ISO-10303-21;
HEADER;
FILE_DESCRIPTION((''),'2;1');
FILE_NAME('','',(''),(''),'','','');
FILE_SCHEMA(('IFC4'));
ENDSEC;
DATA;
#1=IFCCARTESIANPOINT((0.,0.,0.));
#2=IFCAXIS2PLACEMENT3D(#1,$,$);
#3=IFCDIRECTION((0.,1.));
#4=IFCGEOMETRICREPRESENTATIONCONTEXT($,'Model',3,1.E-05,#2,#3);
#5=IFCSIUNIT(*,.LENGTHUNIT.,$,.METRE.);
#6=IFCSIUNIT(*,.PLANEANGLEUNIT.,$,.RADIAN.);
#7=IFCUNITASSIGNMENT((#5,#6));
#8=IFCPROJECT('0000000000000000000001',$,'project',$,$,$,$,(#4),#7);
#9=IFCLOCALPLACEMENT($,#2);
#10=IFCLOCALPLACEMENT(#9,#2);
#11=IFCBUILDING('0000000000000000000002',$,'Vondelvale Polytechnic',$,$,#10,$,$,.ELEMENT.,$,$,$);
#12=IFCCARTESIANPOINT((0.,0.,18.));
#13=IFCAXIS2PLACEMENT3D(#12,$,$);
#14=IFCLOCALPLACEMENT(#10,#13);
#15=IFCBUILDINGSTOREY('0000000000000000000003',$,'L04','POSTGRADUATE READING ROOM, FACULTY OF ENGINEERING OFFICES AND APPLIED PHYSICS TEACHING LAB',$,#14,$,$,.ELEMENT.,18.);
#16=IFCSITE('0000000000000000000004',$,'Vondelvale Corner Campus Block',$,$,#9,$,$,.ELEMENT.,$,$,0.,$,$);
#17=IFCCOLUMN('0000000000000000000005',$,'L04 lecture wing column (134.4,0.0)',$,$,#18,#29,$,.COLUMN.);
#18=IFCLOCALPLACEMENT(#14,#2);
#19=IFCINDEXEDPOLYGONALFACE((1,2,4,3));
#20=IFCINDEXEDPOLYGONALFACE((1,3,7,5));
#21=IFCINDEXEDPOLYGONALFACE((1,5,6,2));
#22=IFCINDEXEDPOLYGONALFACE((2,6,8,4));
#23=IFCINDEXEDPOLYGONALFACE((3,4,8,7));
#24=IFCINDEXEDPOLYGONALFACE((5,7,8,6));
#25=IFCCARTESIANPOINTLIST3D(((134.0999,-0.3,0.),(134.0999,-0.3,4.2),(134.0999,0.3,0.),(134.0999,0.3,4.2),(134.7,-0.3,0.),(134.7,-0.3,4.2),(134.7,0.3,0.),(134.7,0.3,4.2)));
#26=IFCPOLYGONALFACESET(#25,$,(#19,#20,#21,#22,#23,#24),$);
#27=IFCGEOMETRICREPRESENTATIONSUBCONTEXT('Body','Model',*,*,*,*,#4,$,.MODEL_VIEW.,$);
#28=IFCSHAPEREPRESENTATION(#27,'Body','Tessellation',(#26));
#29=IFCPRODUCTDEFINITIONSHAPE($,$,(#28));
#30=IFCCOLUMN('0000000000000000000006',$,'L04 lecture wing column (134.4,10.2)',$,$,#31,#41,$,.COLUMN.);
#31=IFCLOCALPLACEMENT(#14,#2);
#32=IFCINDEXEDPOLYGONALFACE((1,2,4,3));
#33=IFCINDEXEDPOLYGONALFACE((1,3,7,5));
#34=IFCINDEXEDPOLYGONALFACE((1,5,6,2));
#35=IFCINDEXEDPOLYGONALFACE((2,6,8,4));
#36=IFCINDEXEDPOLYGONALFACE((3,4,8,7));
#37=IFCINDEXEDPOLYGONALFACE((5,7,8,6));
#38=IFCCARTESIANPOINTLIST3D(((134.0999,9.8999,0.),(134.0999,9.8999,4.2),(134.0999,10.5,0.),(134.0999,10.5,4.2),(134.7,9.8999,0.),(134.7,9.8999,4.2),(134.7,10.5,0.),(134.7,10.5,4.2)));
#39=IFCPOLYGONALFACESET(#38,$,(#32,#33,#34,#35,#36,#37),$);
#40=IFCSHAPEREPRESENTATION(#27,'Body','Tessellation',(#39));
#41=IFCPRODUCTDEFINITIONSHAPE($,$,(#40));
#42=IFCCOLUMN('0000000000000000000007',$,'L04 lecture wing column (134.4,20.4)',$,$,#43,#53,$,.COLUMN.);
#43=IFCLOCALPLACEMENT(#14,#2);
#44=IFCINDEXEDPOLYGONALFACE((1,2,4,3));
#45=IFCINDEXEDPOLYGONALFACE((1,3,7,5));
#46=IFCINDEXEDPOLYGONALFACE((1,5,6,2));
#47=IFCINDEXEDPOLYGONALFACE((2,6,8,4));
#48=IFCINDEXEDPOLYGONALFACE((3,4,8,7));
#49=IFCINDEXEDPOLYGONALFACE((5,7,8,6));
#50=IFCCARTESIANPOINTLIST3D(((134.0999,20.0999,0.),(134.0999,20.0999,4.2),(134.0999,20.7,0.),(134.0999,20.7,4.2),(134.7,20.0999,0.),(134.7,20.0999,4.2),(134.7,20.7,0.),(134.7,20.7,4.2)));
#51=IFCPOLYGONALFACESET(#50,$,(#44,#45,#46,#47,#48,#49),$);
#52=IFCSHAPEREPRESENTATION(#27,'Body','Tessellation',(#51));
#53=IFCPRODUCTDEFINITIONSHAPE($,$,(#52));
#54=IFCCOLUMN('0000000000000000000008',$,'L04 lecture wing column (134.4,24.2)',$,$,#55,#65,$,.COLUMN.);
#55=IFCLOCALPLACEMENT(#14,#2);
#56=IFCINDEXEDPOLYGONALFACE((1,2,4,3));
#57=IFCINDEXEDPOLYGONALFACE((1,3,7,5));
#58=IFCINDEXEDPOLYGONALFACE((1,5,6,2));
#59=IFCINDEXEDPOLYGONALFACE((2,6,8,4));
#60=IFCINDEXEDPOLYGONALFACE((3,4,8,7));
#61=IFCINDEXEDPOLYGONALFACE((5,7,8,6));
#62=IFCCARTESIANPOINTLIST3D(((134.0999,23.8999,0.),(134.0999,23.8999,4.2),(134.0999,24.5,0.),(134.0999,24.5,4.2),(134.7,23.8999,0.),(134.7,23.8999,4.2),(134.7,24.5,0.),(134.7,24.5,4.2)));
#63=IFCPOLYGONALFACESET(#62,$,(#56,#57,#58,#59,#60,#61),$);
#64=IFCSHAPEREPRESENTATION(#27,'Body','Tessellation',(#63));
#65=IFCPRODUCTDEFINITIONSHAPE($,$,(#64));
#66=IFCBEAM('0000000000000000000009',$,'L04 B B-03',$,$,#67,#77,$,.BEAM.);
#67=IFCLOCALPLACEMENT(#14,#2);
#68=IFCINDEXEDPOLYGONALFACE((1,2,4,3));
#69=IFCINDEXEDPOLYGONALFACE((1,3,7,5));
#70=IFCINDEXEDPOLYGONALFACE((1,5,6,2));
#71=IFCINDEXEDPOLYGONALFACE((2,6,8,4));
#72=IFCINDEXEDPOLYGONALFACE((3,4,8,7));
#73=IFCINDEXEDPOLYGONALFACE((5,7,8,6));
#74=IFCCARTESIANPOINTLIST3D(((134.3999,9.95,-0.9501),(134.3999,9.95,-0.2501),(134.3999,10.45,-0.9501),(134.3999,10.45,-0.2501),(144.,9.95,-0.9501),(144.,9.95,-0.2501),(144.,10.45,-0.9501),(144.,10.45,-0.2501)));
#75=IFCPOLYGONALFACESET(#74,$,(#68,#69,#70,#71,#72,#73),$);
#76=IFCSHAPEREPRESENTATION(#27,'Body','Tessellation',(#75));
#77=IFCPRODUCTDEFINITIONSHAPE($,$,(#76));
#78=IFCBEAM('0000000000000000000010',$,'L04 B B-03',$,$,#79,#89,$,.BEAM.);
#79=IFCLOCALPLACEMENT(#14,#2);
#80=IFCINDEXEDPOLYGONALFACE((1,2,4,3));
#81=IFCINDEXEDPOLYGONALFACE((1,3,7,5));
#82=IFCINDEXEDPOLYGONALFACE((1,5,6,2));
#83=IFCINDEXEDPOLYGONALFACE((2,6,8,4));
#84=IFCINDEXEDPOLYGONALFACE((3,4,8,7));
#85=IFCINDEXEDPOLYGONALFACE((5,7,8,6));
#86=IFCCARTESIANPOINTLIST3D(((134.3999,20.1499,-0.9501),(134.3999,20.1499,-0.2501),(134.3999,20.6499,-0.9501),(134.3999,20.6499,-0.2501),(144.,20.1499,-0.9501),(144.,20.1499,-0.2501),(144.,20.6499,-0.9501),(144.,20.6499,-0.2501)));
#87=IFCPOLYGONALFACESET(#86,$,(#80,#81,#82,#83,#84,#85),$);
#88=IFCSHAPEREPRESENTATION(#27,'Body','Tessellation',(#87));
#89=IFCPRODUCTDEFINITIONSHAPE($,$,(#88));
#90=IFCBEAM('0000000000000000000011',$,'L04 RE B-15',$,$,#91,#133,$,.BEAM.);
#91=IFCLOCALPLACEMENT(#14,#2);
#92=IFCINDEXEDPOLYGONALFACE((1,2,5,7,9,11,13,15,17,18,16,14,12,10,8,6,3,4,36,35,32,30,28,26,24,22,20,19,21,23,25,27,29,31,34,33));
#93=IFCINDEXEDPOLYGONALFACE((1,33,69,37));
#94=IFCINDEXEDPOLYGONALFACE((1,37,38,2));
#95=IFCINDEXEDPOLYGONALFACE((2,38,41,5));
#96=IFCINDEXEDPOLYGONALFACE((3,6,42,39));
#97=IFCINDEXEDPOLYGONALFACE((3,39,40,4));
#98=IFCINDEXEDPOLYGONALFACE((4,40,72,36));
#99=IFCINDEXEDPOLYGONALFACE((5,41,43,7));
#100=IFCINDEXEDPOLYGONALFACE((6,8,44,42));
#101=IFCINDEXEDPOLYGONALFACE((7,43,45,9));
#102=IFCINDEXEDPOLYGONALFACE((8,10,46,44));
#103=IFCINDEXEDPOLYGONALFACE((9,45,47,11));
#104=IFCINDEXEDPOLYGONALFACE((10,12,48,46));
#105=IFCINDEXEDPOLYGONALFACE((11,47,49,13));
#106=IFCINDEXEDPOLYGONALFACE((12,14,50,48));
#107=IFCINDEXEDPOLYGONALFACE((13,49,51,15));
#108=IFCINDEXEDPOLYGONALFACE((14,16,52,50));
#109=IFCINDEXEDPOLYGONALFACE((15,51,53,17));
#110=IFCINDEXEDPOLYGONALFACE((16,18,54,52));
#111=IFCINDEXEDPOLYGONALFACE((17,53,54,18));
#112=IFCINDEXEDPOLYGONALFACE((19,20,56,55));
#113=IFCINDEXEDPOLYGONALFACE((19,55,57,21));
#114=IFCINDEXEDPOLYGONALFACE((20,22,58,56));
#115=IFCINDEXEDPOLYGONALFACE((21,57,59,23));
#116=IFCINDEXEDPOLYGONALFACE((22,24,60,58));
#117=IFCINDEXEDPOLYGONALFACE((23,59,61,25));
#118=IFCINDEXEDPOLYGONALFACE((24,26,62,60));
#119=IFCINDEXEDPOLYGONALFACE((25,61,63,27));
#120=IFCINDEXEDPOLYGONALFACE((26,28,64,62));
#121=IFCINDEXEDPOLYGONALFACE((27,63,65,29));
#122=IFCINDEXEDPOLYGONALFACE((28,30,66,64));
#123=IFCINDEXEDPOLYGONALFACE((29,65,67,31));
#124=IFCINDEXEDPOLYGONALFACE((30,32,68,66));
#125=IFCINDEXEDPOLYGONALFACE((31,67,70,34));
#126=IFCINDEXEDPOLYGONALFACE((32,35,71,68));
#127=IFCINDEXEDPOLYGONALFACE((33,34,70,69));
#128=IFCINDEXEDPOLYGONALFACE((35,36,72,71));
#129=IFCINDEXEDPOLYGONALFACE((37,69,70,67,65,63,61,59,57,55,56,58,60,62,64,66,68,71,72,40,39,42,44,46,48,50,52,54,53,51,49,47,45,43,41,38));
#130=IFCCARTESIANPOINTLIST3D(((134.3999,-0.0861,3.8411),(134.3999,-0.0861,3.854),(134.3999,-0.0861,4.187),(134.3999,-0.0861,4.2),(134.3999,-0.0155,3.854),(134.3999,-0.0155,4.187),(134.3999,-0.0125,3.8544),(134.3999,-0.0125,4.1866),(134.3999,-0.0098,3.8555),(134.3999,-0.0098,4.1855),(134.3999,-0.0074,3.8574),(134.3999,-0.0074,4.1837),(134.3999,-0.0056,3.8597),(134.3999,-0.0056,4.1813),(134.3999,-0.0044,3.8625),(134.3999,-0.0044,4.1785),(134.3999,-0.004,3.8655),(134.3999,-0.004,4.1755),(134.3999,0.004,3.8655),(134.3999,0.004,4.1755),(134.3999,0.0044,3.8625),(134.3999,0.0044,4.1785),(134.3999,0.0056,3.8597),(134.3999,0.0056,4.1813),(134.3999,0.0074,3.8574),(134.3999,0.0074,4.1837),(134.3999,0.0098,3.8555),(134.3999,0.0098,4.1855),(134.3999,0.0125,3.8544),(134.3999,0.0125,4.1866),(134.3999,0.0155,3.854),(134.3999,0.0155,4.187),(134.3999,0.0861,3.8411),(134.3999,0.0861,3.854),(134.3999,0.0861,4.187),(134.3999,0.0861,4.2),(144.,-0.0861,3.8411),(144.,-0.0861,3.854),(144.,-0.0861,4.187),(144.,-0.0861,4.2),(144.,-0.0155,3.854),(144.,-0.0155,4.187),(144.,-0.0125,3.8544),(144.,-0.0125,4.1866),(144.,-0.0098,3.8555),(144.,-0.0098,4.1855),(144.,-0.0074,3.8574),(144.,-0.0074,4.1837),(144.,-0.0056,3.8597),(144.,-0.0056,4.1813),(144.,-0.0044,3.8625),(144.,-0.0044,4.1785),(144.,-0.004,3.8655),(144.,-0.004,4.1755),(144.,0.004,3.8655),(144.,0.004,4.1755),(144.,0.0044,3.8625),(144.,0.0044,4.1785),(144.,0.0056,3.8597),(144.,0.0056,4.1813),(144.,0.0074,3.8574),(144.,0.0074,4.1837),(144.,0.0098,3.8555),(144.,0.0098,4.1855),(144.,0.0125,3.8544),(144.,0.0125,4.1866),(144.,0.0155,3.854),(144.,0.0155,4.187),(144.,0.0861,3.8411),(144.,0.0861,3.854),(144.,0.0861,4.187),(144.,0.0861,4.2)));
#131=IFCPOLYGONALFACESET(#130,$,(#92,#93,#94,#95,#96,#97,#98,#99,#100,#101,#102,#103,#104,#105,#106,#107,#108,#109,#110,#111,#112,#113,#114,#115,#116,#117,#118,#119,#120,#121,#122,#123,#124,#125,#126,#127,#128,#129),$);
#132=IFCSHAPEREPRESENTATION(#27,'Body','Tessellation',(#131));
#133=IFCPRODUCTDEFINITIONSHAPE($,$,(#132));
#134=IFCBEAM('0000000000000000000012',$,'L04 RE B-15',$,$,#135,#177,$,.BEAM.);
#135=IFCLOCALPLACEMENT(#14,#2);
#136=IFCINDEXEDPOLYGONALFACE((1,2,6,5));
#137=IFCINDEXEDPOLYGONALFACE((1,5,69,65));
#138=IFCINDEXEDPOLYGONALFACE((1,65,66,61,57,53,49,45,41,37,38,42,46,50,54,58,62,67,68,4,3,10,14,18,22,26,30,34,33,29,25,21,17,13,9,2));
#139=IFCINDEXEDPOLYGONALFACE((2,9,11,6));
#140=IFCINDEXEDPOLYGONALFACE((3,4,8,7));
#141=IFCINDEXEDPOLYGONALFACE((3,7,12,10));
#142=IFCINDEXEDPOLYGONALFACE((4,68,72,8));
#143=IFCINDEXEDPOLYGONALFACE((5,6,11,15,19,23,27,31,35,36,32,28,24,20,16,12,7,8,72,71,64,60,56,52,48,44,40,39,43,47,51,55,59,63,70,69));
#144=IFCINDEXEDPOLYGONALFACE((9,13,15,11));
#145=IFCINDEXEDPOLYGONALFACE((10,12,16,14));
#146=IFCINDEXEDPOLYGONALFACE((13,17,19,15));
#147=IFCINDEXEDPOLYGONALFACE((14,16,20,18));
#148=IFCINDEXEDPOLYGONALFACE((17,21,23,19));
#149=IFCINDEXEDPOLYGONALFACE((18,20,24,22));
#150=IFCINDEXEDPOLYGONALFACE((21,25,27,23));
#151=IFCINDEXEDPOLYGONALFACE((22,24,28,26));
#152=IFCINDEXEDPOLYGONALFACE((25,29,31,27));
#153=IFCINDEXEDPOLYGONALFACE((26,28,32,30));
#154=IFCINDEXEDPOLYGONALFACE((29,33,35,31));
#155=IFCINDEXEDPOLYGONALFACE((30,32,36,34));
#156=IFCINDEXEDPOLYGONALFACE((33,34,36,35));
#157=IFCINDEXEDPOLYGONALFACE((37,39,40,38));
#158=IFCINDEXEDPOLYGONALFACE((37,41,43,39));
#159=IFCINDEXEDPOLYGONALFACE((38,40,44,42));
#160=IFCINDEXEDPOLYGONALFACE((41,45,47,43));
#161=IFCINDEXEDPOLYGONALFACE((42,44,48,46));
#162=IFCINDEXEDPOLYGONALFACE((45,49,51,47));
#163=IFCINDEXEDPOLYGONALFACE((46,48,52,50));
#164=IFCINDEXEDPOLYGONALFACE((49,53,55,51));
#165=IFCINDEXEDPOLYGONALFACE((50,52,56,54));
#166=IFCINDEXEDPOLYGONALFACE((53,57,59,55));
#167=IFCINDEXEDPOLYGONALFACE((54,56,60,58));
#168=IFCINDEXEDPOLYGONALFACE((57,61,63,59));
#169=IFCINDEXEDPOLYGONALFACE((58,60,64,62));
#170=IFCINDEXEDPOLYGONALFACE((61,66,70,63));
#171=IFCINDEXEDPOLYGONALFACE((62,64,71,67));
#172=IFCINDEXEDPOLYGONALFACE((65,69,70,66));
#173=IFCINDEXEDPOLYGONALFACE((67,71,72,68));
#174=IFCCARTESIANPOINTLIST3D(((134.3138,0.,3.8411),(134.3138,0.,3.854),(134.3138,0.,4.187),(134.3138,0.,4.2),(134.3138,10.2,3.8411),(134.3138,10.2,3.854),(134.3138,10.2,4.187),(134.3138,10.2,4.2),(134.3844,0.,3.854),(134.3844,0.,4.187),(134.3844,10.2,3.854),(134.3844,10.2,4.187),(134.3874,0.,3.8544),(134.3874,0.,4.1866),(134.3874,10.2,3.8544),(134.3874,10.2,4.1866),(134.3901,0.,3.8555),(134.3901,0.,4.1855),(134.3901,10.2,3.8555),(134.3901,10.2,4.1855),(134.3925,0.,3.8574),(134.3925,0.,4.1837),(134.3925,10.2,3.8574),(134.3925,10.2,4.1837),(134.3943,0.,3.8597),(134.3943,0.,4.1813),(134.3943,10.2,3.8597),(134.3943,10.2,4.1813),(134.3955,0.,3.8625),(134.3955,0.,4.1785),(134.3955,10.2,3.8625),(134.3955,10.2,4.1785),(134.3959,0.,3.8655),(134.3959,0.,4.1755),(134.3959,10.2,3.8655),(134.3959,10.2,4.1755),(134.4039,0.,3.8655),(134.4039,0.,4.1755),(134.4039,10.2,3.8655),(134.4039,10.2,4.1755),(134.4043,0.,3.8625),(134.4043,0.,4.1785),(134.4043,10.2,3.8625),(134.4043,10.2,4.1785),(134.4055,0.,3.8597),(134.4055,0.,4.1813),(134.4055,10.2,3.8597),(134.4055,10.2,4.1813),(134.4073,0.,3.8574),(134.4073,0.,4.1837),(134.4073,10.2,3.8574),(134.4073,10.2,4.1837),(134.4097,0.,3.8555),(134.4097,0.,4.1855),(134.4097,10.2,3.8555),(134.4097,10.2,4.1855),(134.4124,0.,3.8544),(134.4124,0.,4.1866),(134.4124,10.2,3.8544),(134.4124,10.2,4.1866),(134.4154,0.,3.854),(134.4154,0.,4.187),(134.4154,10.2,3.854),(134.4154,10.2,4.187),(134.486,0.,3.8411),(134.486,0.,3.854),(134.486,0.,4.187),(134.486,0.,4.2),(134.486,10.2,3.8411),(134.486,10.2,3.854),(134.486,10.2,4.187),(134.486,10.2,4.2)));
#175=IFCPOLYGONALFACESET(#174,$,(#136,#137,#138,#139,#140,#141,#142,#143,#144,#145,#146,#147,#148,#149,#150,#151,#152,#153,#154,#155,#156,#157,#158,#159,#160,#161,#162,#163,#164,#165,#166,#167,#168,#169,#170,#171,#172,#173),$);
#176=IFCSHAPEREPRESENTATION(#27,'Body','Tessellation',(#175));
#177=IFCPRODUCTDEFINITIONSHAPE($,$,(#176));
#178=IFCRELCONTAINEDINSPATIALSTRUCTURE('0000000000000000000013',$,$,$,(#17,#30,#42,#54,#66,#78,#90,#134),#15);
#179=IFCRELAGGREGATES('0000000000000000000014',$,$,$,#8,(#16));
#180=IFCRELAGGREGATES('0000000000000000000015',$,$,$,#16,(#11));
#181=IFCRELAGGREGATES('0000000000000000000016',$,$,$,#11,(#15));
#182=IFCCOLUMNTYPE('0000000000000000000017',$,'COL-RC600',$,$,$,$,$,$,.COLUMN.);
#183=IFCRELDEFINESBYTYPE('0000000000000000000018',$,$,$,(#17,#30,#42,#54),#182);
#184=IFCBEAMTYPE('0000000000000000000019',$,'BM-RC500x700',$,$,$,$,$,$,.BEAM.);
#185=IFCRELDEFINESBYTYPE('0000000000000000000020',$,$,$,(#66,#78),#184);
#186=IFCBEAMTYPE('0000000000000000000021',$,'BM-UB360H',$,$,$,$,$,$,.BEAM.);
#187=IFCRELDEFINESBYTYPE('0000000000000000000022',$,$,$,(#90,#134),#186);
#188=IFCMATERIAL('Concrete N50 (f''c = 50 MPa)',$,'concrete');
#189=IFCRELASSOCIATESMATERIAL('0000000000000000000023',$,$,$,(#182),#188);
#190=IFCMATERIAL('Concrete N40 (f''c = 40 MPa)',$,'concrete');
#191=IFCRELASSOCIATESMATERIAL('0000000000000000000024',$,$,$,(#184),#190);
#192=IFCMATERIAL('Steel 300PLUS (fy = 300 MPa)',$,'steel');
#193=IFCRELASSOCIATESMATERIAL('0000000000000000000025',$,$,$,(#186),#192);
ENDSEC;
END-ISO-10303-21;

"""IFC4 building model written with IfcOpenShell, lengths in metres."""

from ifc_helpers import new_model, si_unit, direction, frame, origin, origin_2d, place, context, subcontext, project, spatial, rectangle, i_section, extrude, material, material_profile, profile_set, type_object, element, save


model = new_model("IFC4")

# Units and contexts
model_context = context("Model", 3, precision=1e-05, world=origin(), true_north=direction((0.0, 1.0)))
body_context = subcontext(model_context, "Body", "Model", "MODEL_VIEW")
ifc_project = project(units=[si_unit("LENGTHUNIT", "METRE"), si_unit("PLANEANGLEUNIT", "RADIAN")], contexts=[model_context])

# Site, building, storey
site_placement = place(None, origin())
site = spatial("IfcSite", under=ifc_project, at=site_placement, Name="Vondelvale Corner Campus Block", CompositionType="ELEMENT", RefElevation=0.0)
building_placement = place(site_placement, origin())
building = spatial("IfcBuilding", under=site, at=building_placement, Name="Vondelvale Polytechnic", CompositionType="ELEMENT")
storey_placement = place(building_placement, frame((0.0, 0.0, 18.0)))
storey = spatial("IfcBuildingStorey", under=building, at=storey_placement, Name="L04", Description="POSTGRADUATE READING ROOM, FACULTY OF ENGINEERING OFFICES AND APPLIED PHYSICS TEACHING LAB", CompositionType="ELEMENT", Elevation=18.0)

# Columns
ifc_material_1 = material(Name="Concrete N50 (f'c = 50 MPa)", Category="concrete")
ifc_material_profile_1 = material_profile(ifc_material_1, rectangle(XDim=0.6001, YDim=0.6001, at=origin_2d()), Name="RC-COL-600x600")
ifc_profile_set_1 = profile_set([ifc_material_profile_1], Name="Concrete N50 (f'c = 50 MPa)")
column_type = type_object("IfcColumnType", Name="COL-RC600", PredefinedType="COLUMN", material=ifc_profile_set_1)
for number, where, z_axis, x_axis, name in (
    (1, (134.3999, 0.0, 0.0), (0.0, 0.0, 1.0), (1.0, 0.0, 0.0), "L04 lecture wing column (134.4,0.0)"),
    (2, (134.3999, 10.2, 0.0), (0.0, 0.0, 1.0), (1.0, 0.0, 0.0), "L04 lecture wing column (134.4,10.2)"),
    (3, (134.3999, 20.3999, 0.0), (0.0, 0.0, 1.0), (1.0, 0.0, 0.0), "L04 lecture wing column (134.4,20.4)"),
    (4, (134.3999, 24.2, 0.0), (0.0, 0.0, 1.0), (1.0, 0.0, 0.0), "L04 lecture wing column (134.4,24.2)"),
):
    element("IfcColumn", number, at=place(storey_placement, frame(where, z_axis=z_axis, x_axis=x_axis)), inside=storey, type_object=column_type, Name=name, PredefinedType="COLUMN", context=body_context, shape_type="SweptSolid", body=[
        extrude(rectangle(XDim=0.6001, YDim=0.6001, at=origin_2d()), origin(), (0.0, 0.0, 1.0), 4.2),
    ])

# Beams
ifc_material_2 = material(Name="Concrete N40 (f'c = 40 MPa)", Category="concrete")
ifc_material_profile_2 = material_profile(ifc_material_2, rectangle(XDim=0.5, YDim=0.7, at=origin_2d()), Name="RC-BM-500x700")
ifc_profile_set_2 = profile_set([ifc_material_profile_2], Name="Concrete N40 (f'c = 40 MPa)")
beam_type_1 = type_object("IfcBeamType", Name="BM-RC500x700", PredefinedType="BEAM", material=ifc_profile_set_2)
for number, where, z_axis, x_axis, name in (
    (5, (134.3999, 10.2, -0.6001), (1.0, 0.0, 0.0), (0.0, 1.0, 0.0), "L04 B B-03"),
    (6, (134.3999, 20.3999, -0.6001), (1.0, 0.0, 0.0), (0.0, 1.0, 0.0), "L04 B B-03"),
):
    element("IfcBeam", number, at=place(storey_placement, frame(where, z_axis=z_axis, x_axis=x_axis)), inside=storey, type_object=beam_type_1, Name=name, PredefinedType="BEAM", context=body_context, shape_type="SweptSolid", body=[
        extrude(rectangle(XDim=0.5, YDim=0.7, at=origin_2d()), origin(), (0.0, 0.0, 1.0), 9.6001),
    ])
ifc_material_3 = material(Name="Steel 300PLUS (fy = 300 MPa)", Category="steel")
ifc_material_profile_3 = material_profile(ifc_material_3, i_section(OverallWidth=0.1721, OverallDepth=0.3589, WebThickness=0.0081, FlangeThickness=0.0129, FilletRadius=0.0115, at=origin_2d()), Name="360UB56.7")
ifc_profile_set_3 = profile_set([ifc_material_profile_3], Name="Steel 300PLUS (fy = 300 MPa)")
beam_type_2 = type_object("IfcBeamType", Name="BM-UB360H", PredefinedType="BEAM", material=ifc_profile_set_3)
beam_1_placement = place(storey_placement, frame((134.3999, 0.0, 4.0205), z_axis=(1.0, 0.0, 0.0), x_axis=(0.0, 1.0, 0.0)))
element("IfcBeam", 7, at=beam_1_placement, inside=storey, type_object=beam_type_2, Name="L04 RE B-15", PredefinedType="BEAM", context=body_context, shape_type="SweptSolid", body=[
    extrude(i_section(OverallWidth=0.1721, OverallDepth=0.3589, WebThickness=0.0081, FlangeThickness=0.0129, FilletRadius=0.0115, at=origin_2d()), origin(), (0.0, 0.0, 1.0), 9.6001),
])
for number, where, z_axis, x_axis, name in (
    (8, (134.3999, 0.0, 4.0205), (0.0, 1.0, 0.0), (-1.0, 0.0, 0.0), "L04 RE B-15"),
):
    element("IfcBeam", number, at=place(storey_placement, frame(where, z_axis=z_axis, x_axis=x_axis)), inside=storey, type_object=beam_type_2, Name=name, PredefinedType="BEAM", context=body_context, shape_type="SweptSolid", body=[
        extrude(i_section(OverallWidth=0.1721, OverallDepth=0.3589, WebThickness=0.0081, FlangeThickness=0.0129, FilletRadius=0.0115, at=origin_2d()), origin(), (0.0, 0.0, 1.0), 10.2),
    ])

save(model, "model.ifc")
